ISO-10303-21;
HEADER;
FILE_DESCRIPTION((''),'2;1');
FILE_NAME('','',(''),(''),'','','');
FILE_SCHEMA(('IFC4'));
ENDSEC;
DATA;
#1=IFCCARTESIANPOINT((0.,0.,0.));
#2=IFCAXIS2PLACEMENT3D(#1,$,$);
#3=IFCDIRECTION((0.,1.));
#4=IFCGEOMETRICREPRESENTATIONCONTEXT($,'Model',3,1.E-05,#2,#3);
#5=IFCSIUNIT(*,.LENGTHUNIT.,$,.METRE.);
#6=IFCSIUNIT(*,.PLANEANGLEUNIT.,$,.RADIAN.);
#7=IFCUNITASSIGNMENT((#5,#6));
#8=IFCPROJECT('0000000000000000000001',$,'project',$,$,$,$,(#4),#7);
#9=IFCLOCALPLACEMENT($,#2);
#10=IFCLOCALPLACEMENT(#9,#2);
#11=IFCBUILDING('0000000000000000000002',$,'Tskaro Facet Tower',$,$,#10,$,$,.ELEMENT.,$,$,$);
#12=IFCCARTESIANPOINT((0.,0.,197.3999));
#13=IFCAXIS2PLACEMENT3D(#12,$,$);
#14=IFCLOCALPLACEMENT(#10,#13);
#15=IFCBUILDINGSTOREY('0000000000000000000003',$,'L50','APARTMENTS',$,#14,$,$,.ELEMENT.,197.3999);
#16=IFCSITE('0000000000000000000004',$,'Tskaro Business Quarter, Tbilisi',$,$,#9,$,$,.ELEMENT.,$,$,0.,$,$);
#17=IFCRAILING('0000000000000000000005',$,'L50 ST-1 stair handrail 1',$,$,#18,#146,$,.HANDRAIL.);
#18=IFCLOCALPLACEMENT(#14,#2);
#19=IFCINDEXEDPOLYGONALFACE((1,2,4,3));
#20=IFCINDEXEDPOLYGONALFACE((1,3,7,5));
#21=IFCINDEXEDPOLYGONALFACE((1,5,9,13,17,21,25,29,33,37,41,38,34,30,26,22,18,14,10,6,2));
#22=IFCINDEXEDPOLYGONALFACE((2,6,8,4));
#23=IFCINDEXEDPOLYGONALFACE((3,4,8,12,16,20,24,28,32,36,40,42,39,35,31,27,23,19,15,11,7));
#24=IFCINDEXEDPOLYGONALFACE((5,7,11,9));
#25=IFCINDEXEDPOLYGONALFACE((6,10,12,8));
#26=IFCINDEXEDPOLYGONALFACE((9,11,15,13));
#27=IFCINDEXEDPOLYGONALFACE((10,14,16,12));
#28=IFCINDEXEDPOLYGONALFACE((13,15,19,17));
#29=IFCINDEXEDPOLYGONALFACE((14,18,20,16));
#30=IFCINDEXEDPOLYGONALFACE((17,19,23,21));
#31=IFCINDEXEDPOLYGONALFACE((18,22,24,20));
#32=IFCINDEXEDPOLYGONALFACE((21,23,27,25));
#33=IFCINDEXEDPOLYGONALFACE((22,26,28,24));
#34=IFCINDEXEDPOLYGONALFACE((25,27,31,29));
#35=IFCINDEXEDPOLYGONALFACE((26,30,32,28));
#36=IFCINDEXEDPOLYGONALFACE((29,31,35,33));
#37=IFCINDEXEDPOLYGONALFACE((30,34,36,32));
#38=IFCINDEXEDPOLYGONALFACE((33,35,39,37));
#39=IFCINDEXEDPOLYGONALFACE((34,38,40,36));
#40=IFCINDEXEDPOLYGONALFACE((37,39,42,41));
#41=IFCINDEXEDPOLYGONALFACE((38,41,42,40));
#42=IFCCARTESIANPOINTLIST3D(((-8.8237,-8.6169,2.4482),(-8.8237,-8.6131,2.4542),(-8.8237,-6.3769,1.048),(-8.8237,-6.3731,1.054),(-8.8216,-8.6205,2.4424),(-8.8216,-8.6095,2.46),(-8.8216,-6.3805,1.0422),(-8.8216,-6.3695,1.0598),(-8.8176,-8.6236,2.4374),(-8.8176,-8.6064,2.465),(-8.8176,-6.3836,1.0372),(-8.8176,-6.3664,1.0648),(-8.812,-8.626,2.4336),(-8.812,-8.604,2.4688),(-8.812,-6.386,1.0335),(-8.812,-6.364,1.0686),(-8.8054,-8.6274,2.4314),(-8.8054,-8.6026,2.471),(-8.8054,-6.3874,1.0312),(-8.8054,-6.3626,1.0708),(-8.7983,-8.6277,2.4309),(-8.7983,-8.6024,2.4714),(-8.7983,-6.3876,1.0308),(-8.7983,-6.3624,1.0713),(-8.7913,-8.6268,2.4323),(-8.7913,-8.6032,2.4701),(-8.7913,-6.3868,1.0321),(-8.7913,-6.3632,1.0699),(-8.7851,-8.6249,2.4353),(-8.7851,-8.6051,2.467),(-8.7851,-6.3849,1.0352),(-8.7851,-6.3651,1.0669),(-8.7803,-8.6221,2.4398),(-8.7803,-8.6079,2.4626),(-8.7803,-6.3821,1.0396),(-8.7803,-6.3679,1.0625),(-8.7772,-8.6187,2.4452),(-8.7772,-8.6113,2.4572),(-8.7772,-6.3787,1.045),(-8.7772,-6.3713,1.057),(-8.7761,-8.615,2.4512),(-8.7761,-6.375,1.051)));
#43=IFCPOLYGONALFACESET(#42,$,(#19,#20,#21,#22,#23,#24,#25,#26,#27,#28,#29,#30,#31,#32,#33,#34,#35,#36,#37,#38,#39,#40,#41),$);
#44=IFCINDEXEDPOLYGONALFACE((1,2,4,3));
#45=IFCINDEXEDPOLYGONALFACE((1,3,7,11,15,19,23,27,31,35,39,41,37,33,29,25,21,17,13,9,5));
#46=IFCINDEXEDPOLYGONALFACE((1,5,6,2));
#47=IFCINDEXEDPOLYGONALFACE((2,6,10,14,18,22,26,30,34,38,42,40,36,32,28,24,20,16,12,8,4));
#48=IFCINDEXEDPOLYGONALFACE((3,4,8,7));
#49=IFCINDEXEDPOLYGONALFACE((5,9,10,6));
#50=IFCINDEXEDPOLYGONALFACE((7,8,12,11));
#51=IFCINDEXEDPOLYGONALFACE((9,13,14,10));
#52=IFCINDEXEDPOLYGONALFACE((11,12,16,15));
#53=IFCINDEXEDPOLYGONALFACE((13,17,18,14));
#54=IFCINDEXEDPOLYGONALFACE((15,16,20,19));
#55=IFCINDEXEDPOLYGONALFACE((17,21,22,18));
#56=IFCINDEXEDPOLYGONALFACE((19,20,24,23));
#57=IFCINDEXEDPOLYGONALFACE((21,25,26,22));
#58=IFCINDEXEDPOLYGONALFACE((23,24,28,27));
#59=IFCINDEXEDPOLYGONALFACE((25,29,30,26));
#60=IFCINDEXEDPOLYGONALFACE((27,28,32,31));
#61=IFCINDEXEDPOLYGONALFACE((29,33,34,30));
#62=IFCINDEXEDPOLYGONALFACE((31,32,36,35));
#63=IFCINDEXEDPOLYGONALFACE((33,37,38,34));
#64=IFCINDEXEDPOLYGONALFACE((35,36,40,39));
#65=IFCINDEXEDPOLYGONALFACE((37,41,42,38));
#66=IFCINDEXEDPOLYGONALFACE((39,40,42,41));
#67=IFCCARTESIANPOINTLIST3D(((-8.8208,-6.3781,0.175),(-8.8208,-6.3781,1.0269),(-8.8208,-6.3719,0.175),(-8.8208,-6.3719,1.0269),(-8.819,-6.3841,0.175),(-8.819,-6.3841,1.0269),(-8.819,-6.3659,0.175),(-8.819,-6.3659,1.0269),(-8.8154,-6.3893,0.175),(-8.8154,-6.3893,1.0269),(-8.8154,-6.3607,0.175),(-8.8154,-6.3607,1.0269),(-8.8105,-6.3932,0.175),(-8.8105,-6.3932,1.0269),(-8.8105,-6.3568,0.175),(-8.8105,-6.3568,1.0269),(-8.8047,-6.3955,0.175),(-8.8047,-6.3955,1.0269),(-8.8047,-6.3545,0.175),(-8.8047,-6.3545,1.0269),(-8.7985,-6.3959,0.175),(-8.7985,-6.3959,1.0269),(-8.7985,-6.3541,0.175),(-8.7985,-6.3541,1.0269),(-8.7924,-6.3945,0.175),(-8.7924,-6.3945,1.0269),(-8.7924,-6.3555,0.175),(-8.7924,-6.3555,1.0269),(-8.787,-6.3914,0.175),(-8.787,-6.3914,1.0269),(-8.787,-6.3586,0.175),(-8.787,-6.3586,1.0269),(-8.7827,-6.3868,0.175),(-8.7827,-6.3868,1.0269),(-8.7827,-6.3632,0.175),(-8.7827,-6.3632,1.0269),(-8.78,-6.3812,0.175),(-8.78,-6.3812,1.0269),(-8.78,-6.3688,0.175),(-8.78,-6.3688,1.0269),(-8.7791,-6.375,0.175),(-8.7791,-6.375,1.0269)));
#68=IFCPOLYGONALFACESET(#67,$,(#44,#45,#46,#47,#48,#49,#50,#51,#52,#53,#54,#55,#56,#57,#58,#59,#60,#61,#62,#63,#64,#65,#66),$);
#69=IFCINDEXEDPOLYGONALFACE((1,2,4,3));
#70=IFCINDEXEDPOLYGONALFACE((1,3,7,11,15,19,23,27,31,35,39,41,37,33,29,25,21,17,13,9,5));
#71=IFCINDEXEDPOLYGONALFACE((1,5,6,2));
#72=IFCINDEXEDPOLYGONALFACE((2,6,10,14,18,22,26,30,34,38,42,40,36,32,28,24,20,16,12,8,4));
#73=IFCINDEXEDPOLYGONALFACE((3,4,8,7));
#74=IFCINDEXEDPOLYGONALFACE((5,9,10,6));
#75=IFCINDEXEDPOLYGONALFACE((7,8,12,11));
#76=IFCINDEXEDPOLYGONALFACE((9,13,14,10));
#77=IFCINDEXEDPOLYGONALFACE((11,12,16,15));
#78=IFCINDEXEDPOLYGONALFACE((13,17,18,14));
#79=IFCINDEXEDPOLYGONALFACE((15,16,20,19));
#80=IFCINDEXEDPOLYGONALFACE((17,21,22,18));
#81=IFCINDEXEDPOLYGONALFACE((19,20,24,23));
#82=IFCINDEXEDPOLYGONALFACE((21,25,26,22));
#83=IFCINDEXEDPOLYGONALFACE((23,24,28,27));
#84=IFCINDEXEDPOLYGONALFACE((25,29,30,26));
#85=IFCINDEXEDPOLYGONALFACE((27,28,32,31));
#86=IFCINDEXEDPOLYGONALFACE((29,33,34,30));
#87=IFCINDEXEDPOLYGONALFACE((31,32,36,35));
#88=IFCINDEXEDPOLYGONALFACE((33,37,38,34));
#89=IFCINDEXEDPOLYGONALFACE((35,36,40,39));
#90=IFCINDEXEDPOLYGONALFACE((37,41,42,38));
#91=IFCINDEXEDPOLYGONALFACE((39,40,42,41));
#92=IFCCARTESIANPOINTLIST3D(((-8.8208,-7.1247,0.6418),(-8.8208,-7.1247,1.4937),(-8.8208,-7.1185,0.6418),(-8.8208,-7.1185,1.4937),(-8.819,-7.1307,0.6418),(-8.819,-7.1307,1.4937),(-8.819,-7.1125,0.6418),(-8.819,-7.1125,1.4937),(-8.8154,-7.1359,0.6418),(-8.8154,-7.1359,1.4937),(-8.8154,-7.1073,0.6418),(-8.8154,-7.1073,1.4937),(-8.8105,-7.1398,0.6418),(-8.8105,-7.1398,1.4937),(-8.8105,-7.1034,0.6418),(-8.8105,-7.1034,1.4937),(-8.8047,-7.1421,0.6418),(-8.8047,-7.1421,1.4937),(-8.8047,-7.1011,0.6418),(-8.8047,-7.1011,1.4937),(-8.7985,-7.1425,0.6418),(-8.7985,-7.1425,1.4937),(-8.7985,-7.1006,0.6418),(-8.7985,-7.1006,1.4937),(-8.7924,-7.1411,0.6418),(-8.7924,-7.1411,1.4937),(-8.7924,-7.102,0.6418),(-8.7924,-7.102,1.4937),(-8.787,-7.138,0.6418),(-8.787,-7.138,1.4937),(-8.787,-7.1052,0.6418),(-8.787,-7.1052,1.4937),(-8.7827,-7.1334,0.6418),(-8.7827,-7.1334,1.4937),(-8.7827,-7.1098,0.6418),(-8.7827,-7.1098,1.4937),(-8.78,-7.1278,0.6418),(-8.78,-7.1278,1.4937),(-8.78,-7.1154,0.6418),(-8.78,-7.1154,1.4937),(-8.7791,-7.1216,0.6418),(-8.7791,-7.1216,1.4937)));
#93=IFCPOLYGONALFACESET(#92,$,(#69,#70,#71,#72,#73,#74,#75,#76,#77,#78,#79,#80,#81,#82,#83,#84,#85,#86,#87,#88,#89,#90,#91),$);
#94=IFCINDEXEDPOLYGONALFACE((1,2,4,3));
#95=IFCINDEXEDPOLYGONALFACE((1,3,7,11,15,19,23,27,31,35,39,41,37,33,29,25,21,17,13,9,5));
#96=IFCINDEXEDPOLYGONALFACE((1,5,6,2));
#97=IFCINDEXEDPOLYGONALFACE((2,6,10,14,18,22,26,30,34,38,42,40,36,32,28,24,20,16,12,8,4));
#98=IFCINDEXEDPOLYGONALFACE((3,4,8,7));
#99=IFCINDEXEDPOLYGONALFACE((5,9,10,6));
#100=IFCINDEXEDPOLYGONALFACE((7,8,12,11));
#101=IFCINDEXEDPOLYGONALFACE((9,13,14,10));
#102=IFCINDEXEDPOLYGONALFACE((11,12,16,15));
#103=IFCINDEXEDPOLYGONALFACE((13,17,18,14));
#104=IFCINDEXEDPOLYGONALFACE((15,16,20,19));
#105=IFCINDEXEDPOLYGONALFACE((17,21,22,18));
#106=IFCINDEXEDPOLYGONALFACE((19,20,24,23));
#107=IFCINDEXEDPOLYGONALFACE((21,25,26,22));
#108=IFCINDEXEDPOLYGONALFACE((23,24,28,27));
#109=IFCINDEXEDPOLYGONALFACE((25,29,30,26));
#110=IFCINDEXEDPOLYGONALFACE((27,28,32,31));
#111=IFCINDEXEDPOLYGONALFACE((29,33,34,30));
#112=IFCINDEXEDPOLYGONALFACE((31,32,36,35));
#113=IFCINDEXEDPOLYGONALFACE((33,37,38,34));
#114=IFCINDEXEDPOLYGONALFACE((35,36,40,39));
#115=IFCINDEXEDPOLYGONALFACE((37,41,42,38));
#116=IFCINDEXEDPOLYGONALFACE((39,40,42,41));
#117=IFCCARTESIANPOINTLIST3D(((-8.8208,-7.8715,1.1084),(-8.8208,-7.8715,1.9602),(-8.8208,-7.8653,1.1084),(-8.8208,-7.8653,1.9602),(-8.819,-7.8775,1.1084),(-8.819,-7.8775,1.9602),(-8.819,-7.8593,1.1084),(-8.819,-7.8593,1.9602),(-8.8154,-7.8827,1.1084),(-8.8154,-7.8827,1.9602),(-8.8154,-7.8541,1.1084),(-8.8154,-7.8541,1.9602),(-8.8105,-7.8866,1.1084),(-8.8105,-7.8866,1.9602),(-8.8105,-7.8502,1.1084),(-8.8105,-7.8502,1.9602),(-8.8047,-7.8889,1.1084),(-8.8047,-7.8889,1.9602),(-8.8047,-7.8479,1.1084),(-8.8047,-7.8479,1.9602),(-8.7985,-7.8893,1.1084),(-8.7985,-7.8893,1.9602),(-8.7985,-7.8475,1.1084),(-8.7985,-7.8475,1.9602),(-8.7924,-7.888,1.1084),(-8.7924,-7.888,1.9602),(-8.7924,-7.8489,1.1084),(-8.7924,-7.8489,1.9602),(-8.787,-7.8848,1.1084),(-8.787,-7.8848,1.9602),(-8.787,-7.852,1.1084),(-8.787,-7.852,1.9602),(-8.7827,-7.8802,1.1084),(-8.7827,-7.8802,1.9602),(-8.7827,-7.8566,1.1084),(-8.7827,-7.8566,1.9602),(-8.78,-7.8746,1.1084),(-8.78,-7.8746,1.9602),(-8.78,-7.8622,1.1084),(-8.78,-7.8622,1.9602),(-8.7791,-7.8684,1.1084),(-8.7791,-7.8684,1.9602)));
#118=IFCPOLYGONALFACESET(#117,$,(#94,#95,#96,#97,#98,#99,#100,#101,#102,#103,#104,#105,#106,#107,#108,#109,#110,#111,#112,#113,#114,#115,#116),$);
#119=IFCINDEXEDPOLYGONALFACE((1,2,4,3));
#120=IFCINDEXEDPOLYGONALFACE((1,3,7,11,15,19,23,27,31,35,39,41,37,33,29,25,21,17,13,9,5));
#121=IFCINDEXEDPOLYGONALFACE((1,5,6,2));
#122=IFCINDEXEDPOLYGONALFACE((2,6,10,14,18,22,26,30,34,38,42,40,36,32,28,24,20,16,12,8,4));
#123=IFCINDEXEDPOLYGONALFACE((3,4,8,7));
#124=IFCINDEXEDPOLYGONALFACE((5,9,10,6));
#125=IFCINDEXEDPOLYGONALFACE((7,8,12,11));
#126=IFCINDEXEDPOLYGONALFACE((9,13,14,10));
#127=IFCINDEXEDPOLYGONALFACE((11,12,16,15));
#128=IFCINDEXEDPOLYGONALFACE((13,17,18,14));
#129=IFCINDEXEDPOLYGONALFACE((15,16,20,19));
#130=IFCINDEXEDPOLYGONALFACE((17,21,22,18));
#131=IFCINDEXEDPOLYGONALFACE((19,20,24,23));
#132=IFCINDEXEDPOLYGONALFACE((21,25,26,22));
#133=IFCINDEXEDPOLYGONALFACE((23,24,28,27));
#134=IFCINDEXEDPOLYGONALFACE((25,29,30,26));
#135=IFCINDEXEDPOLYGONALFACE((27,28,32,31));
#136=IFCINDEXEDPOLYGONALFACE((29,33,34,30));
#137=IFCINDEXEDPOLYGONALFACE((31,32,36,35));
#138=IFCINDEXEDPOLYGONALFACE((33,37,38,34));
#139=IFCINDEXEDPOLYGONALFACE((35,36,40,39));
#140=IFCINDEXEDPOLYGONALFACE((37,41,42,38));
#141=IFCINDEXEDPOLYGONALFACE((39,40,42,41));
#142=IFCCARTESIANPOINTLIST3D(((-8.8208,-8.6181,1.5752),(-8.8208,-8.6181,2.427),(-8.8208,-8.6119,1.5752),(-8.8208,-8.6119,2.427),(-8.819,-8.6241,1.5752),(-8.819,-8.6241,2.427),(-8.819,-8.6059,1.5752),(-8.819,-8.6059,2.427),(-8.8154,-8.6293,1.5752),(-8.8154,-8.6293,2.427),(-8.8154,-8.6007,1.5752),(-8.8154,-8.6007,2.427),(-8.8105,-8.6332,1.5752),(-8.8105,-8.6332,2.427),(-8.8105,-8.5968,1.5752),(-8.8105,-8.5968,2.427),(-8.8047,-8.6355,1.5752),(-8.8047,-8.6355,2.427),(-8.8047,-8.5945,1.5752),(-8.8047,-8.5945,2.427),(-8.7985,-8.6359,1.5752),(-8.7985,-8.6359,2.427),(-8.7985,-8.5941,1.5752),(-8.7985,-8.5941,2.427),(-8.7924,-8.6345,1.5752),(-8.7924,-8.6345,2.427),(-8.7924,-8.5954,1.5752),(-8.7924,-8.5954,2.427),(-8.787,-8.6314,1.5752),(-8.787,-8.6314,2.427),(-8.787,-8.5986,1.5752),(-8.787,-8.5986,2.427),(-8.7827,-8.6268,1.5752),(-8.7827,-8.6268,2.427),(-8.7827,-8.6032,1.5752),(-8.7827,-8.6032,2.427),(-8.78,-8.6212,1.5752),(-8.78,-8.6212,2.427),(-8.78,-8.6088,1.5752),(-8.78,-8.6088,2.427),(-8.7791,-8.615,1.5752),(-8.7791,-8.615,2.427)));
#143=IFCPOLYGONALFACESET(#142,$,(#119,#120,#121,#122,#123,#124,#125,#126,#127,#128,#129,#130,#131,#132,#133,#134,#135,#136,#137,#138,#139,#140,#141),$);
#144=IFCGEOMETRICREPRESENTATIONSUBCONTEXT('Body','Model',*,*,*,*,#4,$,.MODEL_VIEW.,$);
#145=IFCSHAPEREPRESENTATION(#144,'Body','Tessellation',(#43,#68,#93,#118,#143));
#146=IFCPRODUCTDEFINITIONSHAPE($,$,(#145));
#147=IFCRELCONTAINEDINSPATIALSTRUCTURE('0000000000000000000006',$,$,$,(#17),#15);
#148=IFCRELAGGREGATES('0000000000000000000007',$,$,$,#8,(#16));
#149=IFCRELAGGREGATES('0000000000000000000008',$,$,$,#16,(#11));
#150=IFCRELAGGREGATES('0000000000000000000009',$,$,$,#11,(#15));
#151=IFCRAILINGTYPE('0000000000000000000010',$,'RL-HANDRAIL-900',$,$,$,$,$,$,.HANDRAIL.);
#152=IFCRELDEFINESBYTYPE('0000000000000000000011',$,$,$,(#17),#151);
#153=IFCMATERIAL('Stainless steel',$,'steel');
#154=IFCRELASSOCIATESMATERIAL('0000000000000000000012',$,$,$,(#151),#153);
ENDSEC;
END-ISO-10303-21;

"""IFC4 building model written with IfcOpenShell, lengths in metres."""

from ifc_helpers import new_model, si_unit, direction, frame, origin, origin_2d, place, context, subcontext, project, spatial, circle, extrude, material, type_object, element, save


model = new_model("IFC4")

# Units and contexts
model_context = context("Model", 3, precision=1e-05, world=origin(), true_north=direction((0.0, 1.0)))
body_context = subcontext(model_context, "Body", "Model", "MODEL_VIEW")
ifc_project = project(units=[si_unit("LENGTHUNIT", "METRE"), si_unit("PLANEANGLEUNIT", "RADIAN")], contexts=[model_context])

# Site, building, storey
site_placement = place(None, origin())
site = spatial("IfcSite", under=ifc_project, at=site_placement, Name="Tskaro Business Quarter, Tbilisi", CompositionType="ELEMENT", RefElevation=0.0)
building_placement = place(site_placement, origin())
building = spatial("IfcBuilding", under=site, at=building_placement, Name="Tskaro Facet Tower", CompositionType="ELEMENT")
storey_placement = place(building_placement, frame((0.0, 0.0, 197.3999)))
storey = spatial("IfcBuildingStorey", under=building, at=storey_placement, Name="L50", Description="APARTMENTS", CompositionType="ELEMENT", Elevation=197.3999)

# Shared definitions
ifc_material_1 = material(Name="Stainless steel", Category="steel")

# Railing
railing_type_1 = type_object("IfcRailingType", Name="RL-HANDRAIL-900", PredefinedType="HANDRAIL", material=ifc_material_1)
railing_1_placement = place(storey_placement, frame((-8.8, -6.375, 0.175)))
element("IfcRailing", 1, at=railing_1_placement, inside=storey, type_object=railing_type_1, Name="L50 ST-1 stair handrail 1", PredefinedType="HANDRAIL", context=body_context, shape_type="SweptSolid", body=[
    extrude(circle(Radius=0.0239, at=origin_2d()), frame((0.0, 0.0, 0.876), z_axis=(0.0, -0.847972, 0.53004), x_axis=(1.0, 0.0, 0.0)), (0.0, 0.0, 1.0), 2.6416),
    extrude(circle(Radius=0.021, at=origin_2d()), origin(), (0.0, 0.0, 1.0), 0.8518),
    extrude(circle(Radius=0.021, at=origin_2d()), frame((0.0, -0.7466, 0.4668)), (0.0, 0.0, 1.0), 0.8518),
    extrude(circle(Radius=0.021, at=origin_2d()), frame((0.0, -1.4934, 0.9333)), (0.0, 0.0, 1.0), 0.8518),
    extrude(circle(Radius=0.021, at=origin_2d()), frame((0.0, -2.24, 1.4001)), (0.0, 0.0, 1.0), 0.8518),
])

save(model, "model.ifc")
